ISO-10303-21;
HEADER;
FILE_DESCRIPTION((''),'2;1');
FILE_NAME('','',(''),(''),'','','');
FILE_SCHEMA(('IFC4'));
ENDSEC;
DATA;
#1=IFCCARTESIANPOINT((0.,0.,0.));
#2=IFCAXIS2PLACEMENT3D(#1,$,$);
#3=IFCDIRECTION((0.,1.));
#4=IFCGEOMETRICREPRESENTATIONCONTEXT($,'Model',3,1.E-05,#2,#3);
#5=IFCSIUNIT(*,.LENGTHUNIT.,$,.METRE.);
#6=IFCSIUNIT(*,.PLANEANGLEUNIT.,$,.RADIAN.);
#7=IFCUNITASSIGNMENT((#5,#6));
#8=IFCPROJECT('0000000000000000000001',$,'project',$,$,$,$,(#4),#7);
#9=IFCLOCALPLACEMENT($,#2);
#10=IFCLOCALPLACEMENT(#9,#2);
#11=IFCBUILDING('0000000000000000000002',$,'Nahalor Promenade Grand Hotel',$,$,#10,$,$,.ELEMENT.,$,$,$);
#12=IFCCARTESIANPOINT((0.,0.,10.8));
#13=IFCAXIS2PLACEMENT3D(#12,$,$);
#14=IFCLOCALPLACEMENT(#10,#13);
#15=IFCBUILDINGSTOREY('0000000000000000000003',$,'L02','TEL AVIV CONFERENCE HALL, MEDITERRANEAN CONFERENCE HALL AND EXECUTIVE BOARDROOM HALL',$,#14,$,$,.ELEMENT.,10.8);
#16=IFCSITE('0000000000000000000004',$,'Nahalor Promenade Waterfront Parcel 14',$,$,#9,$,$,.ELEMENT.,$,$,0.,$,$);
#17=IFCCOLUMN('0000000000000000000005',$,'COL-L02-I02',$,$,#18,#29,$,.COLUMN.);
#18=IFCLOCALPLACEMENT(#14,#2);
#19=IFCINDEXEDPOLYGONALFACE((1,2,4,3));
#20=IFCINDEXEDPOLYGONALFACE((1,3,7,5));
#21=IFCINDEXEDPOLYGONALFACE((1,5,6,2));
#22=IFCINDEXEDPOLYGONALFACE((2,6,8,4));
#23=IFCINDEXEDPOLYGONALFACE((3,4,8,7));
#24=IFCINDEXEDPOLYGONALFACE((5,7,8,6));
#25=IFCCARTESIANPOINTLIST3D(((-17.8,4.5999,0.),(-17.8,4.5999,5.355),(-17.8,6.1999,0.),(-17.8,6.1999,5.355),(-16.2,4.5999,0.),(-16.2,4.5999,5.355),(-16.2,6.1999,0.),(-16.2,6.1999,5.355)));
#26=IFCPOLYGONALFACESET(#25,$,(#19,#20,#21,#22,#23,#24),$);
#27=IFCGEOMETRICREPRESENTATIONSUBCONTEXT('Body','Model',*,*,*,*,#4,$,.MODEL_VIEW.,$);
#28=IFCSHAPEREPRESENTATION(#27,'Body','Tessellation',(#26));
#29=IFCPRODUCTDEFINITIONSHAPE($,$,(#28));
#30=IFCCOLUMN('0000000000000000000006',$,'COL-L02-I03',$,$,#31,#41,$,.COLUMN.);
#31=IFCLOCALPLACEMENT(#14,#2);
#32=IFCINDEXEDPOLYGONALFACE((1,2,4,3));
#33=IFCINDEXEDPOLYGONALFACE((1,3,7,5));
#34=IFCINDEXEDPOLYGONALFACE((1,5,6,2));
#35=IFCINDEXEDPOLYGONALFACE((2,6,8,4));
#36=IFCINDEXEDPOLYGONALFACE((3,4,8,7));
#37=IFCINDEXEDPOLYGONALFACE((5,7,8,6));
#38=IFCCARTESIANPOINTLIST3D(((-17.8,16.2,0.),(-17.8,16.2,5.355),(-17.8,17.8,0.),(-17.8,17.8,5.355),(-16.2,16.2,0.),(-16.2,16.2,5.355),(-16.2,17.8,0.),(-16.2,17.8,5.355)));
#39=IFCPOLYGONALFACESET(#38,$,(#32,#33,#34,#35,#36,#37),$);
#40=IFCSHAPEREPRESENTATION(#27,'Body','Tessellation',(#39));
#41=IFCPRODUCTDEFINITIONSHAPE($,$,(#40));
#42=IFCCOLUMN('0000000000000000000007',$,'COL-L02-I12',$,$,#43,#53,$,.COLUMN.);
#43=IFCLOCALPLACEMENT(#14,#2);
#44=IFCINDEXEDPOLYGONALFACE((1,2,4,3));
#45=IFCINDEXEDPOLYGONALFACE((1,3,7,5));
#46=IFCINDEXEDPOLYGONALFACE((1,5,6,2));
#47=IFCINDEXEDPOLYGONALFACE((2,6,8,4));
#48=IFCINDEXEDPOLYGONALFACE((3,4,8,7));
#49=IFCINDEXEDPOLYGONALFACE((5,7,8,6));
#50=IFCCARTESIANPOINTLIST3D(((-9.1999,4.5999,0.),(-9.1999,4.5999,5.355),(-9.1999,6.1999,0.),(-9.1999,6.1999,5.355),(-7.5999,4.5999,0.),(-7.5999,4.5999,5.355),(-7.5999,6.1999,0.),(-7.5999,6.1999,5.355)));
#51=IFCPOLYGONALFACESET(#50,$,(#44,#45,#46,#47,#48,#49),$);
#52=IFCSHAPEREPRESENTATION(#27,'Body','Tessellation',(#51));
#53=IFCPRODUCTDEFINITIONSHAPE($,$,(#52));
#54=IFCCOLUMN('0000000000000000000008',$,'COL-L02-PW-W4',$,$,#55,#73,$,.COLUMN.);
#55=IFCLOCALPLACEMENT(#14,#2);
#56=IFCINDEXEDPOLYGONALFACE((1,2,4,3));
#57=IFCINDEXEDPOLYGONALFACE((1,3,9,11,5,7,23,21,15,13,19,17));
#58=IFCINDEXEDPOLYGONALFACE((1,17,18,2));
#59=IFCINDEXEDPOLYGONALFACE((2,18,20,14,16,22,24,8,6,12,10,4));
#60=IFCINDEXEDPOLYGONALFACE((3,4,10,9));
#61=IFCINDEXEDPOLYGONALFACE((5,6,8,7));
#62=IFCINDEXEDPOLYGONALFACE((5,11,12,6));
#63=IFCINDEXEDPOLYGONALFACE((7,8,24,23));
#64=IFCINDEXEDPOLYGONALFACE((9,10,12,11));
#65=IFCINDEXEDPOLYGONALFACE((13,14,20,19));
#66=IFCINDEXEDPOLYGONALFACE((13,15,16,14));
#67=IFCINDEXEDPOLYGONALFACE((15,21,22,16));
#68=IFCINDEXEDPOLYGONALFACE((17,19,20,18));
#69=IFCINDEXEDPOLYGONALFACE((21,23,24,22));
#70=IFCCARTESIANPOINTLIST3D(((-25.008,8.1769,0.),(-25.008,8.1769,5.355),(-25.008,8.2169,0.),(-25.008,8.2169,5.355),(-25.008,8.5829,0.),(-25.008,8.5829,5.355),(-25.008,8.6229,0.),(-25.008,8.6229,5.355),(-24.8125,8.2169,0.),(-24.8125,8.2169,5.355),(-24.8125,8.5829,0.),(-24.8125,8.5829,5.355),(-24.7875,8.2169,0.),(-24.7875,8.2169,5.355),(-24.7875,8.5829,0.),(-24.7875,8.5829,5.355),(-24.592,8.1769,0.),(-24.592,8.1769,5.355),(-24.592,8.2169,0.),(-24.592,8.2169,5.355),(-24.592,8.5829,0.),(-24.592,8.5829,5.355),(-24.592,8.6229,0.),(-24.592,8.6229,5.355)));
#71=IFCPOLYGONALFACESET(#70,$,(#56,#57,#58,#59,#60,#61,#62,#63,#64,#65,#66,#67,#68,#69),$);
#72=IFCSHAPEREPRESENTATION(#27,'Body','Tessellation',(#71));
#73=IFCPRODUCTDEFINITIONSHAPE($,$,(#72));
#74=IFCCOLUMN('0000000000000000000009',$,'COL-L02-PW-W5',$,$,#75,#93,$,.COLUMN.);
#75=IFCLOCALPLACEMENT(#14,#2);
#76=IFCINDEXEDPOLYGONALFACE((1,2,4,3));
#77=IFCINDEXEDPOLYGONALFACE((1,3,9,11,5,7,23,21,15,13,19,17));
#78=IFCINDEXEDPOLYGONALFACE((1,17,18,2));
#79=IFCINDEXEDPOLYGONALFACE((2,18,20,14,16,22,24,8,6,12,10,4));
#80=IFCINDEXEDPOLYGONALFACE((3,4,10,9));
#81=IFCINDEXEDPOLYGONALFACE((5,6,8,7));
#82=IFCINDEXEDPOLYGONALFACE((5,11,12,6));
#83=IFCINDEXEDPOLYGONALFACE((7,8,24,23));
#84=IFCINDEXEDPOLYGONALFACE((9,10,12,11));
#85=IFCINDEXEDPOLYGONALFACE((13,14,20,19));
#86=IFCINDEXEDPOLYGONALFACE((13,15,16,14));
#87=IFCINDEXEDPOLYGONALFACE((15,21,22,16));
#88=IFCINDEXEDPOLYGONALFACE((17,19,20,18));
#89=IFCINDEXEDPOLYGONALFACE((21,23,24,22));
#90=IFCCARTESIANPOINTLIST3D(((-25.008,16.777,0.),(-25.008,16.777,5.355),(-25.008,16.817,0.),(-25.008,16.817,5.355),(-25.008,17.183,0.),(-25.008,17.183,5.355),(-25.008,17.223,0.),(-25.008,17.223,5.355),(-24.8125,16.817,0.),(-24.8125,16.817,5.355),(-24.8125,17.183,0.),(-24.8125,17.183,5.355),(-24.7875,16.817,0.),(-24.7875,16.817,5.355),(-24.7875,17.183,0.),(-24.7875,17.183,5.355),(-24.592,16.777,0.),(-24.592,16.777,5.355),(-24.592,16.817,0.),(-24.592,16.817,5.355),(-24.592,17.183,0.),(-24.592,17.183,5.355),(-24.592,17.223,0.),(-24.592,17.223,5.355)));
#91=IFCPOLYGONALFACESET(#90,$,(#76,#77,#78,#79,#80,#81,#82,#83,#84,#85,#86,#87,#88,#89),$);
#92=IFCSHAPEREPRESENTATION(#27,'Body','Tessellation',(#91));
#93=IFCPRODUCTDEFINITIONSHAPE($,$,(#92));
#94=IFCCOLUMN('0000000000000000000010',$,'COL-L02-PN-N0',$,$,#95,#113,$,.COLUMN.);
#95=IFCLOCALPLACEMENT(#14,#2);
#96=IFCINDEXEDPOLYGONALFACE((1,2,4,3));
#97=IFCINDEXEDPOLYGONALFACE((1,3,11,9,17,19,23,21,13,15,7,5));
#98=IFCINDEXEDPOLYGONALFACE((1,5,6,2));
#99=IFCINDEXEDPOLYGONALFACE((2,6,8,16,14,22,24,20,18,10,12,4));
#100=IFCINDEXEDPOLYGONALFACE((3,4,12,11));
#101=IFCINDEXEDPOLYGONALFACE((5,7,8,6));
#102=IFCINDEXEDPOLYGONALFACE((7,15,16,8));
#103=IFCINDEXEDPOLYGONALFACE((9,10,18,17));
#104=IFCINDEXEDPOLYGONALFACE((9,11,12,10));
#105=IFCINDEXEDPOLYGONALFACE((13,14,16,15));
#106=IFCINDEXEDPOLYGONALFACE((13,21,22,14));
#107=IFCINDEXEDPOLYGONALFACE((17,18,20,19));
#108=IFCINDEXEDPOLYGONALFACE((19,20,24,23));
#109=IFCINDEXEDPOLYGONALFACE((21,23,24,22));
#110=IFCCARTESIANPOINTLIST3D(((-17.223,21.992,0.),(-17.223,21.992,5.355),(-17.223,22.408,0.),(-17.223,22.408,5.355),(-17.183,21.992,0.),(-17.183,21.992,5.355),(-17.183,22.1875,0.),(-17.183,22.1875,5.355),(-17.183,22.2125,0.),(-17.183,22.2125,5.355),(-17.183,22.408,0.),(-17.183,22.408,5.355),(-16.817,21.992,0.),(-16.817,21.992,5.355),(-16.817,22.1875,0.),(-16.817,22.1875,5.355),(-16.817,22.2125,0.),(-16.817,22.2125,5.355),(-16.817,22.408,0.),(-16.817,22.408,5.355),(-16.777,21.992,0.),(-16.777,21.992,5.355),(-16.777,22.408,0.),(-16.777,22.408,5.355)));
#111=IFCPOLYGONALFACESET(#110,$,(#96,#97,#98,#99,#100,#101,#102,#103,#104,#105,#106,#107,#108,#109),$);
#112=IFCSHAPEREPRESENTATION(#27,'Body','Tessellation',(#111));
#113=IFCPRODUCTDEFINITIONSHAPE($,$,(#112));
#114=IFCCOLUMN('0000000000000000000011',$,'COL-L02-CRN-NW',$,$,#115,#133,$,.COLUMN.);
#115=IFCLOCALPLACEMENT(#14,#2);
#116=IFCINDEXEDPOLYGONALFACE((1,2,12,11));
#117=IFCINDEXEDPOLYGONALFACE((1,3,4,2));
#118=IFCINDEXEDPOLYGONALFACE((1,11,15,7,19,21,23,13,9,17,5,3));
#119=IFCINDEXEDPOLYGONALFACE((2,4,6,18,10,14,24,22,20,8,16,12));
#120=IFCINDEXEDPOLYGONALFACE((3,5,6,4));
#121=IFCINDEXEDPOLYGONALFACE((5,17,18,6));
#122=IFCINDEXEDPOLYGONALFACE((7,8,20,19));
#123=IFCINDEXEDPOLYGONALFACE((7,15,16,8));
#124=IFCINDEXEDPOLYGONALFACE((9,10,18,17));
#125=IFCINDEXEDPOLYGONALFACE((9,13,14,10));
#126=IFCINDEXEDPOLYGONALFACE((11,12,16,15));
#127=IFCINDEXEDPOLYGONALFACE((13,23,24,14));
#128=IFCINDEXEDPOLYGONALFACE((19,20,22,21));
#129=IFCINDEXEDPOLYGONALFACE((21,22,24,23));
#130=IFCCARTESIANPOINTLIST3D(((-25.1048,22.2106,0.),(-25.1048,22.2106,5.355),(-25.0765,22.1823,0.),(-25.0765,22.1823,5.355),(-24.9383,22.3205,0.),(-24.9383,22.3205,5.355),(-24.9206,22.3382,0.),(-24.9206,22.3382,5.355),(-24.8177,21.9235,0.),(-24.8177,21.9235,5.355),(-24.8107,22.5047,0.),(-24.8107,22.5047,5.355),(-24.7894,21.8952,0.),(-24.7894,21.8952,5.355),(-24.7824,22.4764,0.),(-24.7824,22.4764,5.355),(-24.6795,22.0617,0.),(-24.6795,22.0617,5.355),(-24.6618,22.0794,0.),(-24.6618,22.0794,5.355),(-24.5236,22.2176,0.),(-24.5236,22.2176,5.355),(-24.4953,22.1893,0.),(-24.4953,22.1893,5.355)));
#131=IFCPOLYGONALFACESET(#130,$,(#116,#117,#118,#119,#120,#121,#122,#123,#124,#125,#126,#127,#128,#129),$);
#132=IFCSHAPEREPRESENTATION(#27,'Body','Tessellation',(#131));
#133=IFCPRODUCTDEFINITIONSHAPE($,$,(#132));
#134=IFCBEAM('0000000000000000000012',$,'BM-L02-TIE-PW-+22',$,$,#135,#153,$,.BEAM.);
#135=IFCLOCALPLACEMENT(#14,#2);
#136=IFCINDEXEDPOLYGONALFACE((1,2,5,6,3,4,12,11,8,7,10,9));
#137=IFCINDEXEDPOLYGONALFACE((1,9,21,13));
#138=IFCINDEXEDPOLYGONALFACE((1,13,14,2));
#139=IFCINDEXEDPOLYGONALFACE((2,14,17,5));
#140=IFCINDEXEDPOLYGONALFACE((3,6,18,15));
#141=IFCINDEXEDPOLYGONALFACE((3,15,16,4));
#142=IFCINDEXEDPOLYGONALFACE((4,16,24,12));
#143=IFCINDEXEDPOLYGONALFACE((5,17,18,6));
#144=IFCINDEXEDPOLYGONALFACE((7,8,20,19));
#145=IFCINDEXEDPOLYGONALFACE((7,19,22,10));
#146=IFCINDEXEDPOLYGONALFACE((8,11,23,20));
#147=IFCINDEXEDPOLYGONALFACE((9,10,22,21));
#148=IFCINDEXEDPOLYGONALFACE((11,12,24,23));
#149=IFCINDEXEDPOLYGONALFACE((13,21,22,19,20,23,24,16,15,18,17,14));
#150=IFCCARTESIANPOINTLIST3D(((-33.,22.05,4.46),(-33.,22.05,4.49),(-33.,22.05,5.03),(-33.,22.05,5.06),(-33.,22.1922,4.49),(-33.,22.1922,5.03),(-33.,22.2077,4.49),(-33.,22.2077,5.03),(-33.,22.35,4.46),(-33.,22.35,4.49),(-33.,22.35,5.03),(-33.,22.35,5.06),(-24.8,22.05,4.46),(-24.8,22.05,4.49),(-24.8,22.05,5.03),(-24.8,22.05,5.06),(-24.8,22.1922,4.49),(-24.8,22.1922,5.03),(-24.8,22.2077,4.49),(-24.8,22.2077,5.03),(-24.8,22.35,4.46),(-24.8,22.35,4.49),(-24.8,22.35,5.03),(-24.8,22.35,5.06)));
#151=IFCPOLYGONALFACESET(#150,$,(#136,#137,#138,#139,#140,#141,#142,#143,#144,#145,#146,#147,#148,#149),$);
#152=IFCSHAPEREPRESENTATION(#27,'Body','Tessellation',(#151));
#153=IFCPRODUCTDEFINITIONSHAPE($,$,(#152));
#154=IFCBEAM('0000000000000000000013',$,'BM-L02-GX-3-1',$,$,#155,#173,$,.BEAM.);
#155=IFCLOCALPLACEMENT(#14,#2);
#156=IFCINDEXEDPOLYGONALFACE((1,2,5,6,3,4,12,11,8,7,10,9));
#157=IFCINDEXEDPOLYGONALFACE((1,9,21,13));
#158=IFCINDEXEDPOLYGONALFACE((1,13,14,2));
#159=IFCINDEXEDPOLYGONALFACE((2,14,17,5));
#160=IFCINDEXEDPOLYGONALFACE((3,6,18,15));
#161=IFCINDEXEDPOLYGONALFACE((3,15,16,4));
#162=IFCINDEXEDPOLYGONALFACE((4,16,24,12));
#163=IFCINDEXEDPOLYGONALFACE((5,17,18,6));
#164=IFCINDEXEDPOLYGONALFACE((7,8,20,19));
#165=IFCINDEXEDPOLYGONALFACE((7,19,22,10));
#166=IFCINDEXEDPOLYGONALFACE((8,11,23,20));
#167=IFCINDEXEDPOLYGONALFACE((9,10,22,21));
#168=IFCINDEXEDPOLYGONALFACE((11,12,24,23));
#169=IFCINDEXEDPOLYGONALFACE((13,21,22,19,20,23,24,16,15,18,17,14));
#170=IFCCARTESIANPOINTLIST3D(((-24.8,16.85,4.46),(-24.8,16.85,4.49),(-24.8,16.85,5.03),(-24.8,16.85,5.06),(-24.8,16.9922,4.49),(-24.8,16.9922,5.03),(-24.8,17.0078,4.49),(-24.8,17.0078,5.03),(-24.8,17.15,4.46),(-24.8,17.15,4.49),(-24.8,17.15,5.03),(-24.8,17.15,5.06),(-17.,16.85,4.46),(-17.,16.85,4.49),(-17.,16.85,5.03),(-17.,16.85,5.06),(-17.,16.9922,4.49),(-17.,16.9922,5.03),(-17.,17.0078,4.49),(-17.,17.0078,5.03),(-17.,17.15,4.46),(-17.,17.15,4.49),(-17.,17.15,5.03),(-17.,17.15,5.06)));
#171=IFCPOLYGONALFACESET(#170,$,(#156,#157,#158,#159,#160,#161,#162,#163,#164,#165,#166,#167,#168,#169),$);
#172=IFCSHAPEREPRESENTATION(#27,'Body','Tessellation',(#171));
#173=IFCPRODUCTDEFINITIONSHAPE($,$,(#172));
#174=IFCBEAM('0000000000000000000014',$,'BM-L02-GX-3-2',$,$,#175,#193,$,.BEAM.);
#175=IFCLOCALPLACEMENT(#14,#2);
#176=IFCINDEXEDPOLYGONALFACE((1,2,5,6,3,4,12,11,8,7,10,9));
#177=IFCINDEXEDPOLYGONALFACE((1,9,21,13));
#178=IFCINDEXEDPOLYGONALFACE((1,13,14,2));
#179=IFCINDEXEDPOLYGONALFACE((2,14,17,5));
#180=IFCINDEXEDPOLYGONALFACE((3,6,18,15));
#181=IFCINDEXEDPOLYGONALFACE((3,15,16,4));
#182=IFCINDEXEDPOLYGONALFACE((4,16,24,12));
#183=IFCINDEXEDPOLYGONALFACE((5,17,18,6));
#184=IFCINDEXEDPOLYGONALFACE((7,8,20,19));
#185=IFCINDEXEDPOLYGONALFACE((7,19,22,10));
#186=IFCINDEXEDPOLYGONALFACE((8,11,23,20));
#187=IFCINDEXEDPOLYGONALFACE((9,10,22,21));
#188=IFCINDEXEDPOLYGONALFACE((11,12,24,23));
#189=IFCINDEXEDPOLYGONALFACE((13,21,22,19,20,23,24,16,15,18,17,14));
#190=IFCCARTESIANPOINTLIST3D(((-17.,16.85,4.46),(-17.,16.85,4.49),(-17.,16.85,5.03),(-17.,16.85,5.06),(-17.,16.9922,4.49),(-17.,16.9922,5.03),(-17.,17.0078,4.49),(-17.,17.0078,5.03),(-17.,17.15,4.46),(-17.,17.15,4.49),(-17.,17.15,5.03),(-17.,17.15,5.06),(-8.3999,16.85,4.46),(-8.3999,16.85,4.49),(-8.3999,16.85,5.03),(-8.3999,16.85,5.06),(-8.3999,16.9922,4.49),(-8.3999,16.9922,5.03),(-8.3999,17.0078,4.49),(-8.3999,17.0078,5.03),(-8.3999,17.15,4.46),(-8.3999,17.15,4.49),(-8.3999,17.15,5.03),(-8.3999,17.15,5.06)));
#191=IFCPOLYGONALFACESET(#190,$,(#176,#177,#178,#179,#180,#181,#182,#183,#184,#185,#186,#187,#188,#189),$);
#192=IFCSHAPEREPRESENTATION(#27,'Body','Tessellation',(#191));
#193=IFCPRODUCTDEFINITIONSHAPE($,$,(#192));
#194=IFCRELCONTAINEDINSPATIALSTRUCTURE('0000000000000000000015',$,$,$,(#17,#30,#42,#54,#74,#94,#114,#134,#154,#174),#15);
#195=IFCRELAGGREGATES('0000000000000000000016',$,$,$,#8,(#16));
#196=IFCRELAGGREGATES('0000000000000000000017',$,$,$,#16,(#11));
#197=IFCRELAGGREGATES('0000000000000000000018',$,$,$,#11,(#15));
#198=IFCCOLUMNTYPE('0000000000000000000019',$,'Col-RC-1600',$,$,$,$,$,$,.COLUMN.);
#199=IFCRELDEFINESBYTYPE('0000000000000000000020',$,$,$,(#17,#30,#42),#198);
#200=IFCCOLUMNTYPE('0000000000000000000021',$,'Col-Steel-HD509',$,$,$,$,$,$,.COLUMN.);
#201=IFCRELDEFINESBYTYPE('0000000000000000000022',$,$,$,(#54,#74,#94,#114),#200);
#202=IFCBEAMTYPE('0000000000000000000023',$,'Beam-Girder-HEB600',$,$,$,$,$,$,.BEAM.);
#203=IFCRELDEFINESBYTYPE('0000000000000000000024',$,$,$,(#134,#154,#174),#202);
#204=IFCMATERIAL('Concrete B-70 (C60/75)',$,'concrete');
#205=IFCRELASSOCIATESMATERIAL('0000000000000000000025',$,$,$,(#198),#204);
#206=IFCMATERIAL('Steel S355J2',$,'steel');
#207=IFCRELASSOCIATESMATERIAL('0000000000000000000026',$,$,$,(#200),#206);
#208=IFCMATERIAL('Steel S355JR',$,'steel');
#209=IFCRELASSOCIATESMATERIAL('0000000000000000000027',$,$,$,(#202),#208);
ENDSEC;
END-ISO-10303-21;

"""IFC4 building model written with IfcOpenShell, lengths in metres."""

from ifc_helpers import new_model, si_unit, direction, frame, origin, origin_2d, place, context, subcontext, project, spatial, rectangle, i_section, extrude, source, transform, mapped, material, material_profile, profile_set, type_object, element, save


model = new_model("IFC4")

# Units and contexts
model_context = context("Model", 3, precision=1e-05, world=origin(), true_north=direction((0.0, 1.0)))
body_context = subcontext(model_context, "Body", "Model", "MODEL_VIEW")
ifc_project = project(units=[si_unit("LENGTHUNIT", "METRE"), si_unit("PLANEANGLEUNIT", "RADIAN")], contexts=[model_context])

# Site, building, storey
site_placement = place(None, origin())
site = spatial("IfcSite", under=ifc_project, at=site_placement, Name="Nahalor Promenade Waterfront Parcel 14", CompositionType="ELEMENT", RefElevation=0.0)
building_placement = place(site_placement, origin())
building = spatial("IfcBuilding", under=site, at=building_placement, Name="Nahalor Promenade Grand Hotel", CompositionType="ELEMENT")
storey_placement = place(building_placement, frame((0.0, 0.0, 10.8)))
storey = spatial("IfcBuildingStorey", under=building, at=storey_placement, Name="L02", Description="TEL AVIV CONFERENCE HALL, MEDITERRANEAN CONFERENCE HALL AND EXECUTIVE BOARDROOM HALL", CompositionType="ELEMENT", Elevation=10.8)

# Columns
ifc_material_1 = material(Name="Concrete B-70 (C60/75)", Category="concrete")
ifc_material_profile_1 = material_profile(ifc_material_1, rectangle(XDim=1.6, YDim=1.6, at=origin_2d()), Name="RC 1600x1600")
ifc_profile_set_1 = profile_set([ifc_material_profile_1], Name="Concrete B-70 (C60/75)")
column_type_1 = type_object("IfcColumnType", Name="Col-RC-1600", PredefinedType="COLUMN", material=ifc_profile_set_1)
shared_shape_1 = source(origin(), body_context, "Body", "SweptSolid", [
    extrude(rectangle(XDim=1.6, YDim=1.6, at=origin_2d()), origin(), (0.0, 0.0, 1.0), 5.355),
])
for number, where, z_axis, x_axis, name in (
    (1, (-17.0, 5.3999, 0.0), (0.0, 0.0, 1.0), (1.0, 0.0, 0.0), "COL-L02-I02"),
    (2, (-17.0, 17.0, 0.0), (0.0, 0.0, 1.0), (1.0, 0.0, 0.0), "COL-L02-I03"),
    (3, (-8.3999, 5.3999, 0.0), (0.0, 0.0, 1.0), (1.0, 0.0, 0.0), "COL-L02-I12"),
):
    element("IfcColumn", number, at=place(storey_placement, frame(where, z_axis=z_axis, x_axis=x_axis)), inside=storey, type_object=column_type_1, Name=name, PredefinedType="COLUMN", context=body_context, shape_type="MappedRepresentation", body=[
        mapped(shared_shape_1, transform((0.0, 0.0, 0.0), scale=1.0)),
    ])
ifc_material_2 = material(Name="Steel S355J2", Category="steel")
ifc_material_profile_2 = material_profile(ifc_material_2, i_section(OverallWidth=0.416, OverallDepth=0.446, WebThickness=0.025, FlangeThickness=0.04, at=origin_2d()), Name="HD 400x509")
ifc_profile_set_2 = profile_set([ifc_material_profile_2], Name="Steel S355J2")
column_type_2 = type_object("IfcColumnType", Name="Col-Steel-HD509", PredefinedType="COLUMN", material=ifc_profile_set_2)
shared_shape_2 = source(origin(), body_context, "Body", "SweptSolid", [
    extrude(i_section(OverallWidth=0.416, OverallDepth=0.446, WebThickness=0.025, FlangeThickness=0.04, at=origin_2d()), origin(), (0.0, 0.0, 1.0), 5.355),
])
for number, where, z_axis, x_axis, name in (
    (4, (-24.8, 8.3999, 0.0), (0.0, 0.0, 1.0), (1.0, 0.0, 0.0), "COL-L02-PW-W4"),
    (5, (-24.8, 17.0, 0.0), (0.0, 0.0, 1.0), (1.0, 0.0, 0.0), "COL-L02-PW-W5"),
    (6, (-17.0, 22.2, 0.0), (0.0, 0.0, 1.0), (0.0, 1.0, 0.0), "COL-L02-PN-N0"),
    (7, (-24.8, 22.2, 0.0), (0.0, 0.0, 1.0), (0.707107, 0.707107, 0.0), "COL-L02-CRN-NW"),
):
    element("IfcColumn", number, at=place(storey_placement, frame(where, z_axis=z_axis, x_axis=x_axis)), inside=storey, type_object=column_type_2, Name=name, PredefinedType="COLUMN", context=body_context, shape_type="MappedRepresentation", body=[
        mapped(shared_shape_2, transform((0.0, 0.0, 0.0), scale=1.0)),
    ])

# Beams
ifc_material_3 = material(Name="Steel S355JR", Category="steel")
ifc_material_profile_3 = material_profile(ifc_material_3, i_section(OverallWidth=0.3, OverallDepth=0.6, WebThickness=0.0155, FlangeThickness=0.03, at=origin_2d()), Name="HEB 600")
ifc_profile_set_3 = profile_set([ifc_material_profile_3], Name="Steel S355JR")
beam_type_1 = type_object("IfcBeamType", Name="Beam-Girder-HEB600", PredefinedType="BEAM", material=ifc_profile_set_3)
shared_shape_3 = source(origin(), body_context, "Body", "SweptSolid", [
    extrude(i_section(OverallWidth=0.3, OverallDepth=0.6, WebThickness=0.0155, FlangeThickness=0.03, at=origin_2d()), origin(), (0.0, 0.0, 1.0), 8.2),
])
beam_1_placement = place(storey_placement, frame((-24.8, 22.2, 4.76), z_axis=(-1.0, 0.0, 0.0), x_axis=(0.0, -1.0, 0.0)))
element("IfcBeam", 8, at=beam_1_placement, inside=storey, type_object=beam_type_1, Name="BM-L02-TIE-PW-+22", PredefinedType="BEAM", context=body_context, shape_type="MappedRepresentation", body=[
    mapped(shared_shape_3, transform((0.0, 0.0, 0.0), scale=1.0)),
])
shared_shape_4 = source(origin(), body_context, "Body", "SweptSolid", [
    extrude(i_section(OverallWidth=0.3, OverallDepth=0.6, WebThickness=0.0155, FlangeThickness=0.03, at=origin_2d()), origin(), (0.0, 0.0, 1.0), 7.8),
])
beam_2_placement = place(storey_placement, frame((-24.8, 17.0, 4.76), z_axis=(1.0, 0.0, 0.0), x_axis=(0.0, 1.0, 0.0)))
element("IfcBeam", 9, at=beam_2_placement, inside=storey, type_object=beam_type_1, Name="BM-L02-GX-3-1", PredefinedType="BEAM", context=body_context, shape_type="MappedRepresentation", body=[
    mapped(shared_shape_4, transform((0.0, 0.0, 0.0), scale=1.0)),
])
shared_shape_5 = source(origin(), body_context, "Body", "SweptSolid", [
    extrude(i_section(OverallWidth=0.3, OverallDepth=0.6, WebThickness=0.0155, FlangeThickness=0.03, at=origin_2d()), origin(), (0.0, 0.0, 1.0), 8.6001),
])
beam_3_placement = place(storey_placement, frame((-17.0, 17.0, 4.76), z_axis=(1.0, 0.0, 0.0), x_axis=(0.0, 1.0, 0.0)))
element("IfcBeam", 10, at=beam_3_placement, inside=storey, type_object=beam_type_1, Name="BM-L02-GX-3-2", PredefinedType="BEAM", context=body_context, shape_type="MappedRepresentation", body=[
    mapped(shared_shape_5, transform((0.0, 0.0, 0.0), scale=1.0)),
])

save(model, "model.ifc")
